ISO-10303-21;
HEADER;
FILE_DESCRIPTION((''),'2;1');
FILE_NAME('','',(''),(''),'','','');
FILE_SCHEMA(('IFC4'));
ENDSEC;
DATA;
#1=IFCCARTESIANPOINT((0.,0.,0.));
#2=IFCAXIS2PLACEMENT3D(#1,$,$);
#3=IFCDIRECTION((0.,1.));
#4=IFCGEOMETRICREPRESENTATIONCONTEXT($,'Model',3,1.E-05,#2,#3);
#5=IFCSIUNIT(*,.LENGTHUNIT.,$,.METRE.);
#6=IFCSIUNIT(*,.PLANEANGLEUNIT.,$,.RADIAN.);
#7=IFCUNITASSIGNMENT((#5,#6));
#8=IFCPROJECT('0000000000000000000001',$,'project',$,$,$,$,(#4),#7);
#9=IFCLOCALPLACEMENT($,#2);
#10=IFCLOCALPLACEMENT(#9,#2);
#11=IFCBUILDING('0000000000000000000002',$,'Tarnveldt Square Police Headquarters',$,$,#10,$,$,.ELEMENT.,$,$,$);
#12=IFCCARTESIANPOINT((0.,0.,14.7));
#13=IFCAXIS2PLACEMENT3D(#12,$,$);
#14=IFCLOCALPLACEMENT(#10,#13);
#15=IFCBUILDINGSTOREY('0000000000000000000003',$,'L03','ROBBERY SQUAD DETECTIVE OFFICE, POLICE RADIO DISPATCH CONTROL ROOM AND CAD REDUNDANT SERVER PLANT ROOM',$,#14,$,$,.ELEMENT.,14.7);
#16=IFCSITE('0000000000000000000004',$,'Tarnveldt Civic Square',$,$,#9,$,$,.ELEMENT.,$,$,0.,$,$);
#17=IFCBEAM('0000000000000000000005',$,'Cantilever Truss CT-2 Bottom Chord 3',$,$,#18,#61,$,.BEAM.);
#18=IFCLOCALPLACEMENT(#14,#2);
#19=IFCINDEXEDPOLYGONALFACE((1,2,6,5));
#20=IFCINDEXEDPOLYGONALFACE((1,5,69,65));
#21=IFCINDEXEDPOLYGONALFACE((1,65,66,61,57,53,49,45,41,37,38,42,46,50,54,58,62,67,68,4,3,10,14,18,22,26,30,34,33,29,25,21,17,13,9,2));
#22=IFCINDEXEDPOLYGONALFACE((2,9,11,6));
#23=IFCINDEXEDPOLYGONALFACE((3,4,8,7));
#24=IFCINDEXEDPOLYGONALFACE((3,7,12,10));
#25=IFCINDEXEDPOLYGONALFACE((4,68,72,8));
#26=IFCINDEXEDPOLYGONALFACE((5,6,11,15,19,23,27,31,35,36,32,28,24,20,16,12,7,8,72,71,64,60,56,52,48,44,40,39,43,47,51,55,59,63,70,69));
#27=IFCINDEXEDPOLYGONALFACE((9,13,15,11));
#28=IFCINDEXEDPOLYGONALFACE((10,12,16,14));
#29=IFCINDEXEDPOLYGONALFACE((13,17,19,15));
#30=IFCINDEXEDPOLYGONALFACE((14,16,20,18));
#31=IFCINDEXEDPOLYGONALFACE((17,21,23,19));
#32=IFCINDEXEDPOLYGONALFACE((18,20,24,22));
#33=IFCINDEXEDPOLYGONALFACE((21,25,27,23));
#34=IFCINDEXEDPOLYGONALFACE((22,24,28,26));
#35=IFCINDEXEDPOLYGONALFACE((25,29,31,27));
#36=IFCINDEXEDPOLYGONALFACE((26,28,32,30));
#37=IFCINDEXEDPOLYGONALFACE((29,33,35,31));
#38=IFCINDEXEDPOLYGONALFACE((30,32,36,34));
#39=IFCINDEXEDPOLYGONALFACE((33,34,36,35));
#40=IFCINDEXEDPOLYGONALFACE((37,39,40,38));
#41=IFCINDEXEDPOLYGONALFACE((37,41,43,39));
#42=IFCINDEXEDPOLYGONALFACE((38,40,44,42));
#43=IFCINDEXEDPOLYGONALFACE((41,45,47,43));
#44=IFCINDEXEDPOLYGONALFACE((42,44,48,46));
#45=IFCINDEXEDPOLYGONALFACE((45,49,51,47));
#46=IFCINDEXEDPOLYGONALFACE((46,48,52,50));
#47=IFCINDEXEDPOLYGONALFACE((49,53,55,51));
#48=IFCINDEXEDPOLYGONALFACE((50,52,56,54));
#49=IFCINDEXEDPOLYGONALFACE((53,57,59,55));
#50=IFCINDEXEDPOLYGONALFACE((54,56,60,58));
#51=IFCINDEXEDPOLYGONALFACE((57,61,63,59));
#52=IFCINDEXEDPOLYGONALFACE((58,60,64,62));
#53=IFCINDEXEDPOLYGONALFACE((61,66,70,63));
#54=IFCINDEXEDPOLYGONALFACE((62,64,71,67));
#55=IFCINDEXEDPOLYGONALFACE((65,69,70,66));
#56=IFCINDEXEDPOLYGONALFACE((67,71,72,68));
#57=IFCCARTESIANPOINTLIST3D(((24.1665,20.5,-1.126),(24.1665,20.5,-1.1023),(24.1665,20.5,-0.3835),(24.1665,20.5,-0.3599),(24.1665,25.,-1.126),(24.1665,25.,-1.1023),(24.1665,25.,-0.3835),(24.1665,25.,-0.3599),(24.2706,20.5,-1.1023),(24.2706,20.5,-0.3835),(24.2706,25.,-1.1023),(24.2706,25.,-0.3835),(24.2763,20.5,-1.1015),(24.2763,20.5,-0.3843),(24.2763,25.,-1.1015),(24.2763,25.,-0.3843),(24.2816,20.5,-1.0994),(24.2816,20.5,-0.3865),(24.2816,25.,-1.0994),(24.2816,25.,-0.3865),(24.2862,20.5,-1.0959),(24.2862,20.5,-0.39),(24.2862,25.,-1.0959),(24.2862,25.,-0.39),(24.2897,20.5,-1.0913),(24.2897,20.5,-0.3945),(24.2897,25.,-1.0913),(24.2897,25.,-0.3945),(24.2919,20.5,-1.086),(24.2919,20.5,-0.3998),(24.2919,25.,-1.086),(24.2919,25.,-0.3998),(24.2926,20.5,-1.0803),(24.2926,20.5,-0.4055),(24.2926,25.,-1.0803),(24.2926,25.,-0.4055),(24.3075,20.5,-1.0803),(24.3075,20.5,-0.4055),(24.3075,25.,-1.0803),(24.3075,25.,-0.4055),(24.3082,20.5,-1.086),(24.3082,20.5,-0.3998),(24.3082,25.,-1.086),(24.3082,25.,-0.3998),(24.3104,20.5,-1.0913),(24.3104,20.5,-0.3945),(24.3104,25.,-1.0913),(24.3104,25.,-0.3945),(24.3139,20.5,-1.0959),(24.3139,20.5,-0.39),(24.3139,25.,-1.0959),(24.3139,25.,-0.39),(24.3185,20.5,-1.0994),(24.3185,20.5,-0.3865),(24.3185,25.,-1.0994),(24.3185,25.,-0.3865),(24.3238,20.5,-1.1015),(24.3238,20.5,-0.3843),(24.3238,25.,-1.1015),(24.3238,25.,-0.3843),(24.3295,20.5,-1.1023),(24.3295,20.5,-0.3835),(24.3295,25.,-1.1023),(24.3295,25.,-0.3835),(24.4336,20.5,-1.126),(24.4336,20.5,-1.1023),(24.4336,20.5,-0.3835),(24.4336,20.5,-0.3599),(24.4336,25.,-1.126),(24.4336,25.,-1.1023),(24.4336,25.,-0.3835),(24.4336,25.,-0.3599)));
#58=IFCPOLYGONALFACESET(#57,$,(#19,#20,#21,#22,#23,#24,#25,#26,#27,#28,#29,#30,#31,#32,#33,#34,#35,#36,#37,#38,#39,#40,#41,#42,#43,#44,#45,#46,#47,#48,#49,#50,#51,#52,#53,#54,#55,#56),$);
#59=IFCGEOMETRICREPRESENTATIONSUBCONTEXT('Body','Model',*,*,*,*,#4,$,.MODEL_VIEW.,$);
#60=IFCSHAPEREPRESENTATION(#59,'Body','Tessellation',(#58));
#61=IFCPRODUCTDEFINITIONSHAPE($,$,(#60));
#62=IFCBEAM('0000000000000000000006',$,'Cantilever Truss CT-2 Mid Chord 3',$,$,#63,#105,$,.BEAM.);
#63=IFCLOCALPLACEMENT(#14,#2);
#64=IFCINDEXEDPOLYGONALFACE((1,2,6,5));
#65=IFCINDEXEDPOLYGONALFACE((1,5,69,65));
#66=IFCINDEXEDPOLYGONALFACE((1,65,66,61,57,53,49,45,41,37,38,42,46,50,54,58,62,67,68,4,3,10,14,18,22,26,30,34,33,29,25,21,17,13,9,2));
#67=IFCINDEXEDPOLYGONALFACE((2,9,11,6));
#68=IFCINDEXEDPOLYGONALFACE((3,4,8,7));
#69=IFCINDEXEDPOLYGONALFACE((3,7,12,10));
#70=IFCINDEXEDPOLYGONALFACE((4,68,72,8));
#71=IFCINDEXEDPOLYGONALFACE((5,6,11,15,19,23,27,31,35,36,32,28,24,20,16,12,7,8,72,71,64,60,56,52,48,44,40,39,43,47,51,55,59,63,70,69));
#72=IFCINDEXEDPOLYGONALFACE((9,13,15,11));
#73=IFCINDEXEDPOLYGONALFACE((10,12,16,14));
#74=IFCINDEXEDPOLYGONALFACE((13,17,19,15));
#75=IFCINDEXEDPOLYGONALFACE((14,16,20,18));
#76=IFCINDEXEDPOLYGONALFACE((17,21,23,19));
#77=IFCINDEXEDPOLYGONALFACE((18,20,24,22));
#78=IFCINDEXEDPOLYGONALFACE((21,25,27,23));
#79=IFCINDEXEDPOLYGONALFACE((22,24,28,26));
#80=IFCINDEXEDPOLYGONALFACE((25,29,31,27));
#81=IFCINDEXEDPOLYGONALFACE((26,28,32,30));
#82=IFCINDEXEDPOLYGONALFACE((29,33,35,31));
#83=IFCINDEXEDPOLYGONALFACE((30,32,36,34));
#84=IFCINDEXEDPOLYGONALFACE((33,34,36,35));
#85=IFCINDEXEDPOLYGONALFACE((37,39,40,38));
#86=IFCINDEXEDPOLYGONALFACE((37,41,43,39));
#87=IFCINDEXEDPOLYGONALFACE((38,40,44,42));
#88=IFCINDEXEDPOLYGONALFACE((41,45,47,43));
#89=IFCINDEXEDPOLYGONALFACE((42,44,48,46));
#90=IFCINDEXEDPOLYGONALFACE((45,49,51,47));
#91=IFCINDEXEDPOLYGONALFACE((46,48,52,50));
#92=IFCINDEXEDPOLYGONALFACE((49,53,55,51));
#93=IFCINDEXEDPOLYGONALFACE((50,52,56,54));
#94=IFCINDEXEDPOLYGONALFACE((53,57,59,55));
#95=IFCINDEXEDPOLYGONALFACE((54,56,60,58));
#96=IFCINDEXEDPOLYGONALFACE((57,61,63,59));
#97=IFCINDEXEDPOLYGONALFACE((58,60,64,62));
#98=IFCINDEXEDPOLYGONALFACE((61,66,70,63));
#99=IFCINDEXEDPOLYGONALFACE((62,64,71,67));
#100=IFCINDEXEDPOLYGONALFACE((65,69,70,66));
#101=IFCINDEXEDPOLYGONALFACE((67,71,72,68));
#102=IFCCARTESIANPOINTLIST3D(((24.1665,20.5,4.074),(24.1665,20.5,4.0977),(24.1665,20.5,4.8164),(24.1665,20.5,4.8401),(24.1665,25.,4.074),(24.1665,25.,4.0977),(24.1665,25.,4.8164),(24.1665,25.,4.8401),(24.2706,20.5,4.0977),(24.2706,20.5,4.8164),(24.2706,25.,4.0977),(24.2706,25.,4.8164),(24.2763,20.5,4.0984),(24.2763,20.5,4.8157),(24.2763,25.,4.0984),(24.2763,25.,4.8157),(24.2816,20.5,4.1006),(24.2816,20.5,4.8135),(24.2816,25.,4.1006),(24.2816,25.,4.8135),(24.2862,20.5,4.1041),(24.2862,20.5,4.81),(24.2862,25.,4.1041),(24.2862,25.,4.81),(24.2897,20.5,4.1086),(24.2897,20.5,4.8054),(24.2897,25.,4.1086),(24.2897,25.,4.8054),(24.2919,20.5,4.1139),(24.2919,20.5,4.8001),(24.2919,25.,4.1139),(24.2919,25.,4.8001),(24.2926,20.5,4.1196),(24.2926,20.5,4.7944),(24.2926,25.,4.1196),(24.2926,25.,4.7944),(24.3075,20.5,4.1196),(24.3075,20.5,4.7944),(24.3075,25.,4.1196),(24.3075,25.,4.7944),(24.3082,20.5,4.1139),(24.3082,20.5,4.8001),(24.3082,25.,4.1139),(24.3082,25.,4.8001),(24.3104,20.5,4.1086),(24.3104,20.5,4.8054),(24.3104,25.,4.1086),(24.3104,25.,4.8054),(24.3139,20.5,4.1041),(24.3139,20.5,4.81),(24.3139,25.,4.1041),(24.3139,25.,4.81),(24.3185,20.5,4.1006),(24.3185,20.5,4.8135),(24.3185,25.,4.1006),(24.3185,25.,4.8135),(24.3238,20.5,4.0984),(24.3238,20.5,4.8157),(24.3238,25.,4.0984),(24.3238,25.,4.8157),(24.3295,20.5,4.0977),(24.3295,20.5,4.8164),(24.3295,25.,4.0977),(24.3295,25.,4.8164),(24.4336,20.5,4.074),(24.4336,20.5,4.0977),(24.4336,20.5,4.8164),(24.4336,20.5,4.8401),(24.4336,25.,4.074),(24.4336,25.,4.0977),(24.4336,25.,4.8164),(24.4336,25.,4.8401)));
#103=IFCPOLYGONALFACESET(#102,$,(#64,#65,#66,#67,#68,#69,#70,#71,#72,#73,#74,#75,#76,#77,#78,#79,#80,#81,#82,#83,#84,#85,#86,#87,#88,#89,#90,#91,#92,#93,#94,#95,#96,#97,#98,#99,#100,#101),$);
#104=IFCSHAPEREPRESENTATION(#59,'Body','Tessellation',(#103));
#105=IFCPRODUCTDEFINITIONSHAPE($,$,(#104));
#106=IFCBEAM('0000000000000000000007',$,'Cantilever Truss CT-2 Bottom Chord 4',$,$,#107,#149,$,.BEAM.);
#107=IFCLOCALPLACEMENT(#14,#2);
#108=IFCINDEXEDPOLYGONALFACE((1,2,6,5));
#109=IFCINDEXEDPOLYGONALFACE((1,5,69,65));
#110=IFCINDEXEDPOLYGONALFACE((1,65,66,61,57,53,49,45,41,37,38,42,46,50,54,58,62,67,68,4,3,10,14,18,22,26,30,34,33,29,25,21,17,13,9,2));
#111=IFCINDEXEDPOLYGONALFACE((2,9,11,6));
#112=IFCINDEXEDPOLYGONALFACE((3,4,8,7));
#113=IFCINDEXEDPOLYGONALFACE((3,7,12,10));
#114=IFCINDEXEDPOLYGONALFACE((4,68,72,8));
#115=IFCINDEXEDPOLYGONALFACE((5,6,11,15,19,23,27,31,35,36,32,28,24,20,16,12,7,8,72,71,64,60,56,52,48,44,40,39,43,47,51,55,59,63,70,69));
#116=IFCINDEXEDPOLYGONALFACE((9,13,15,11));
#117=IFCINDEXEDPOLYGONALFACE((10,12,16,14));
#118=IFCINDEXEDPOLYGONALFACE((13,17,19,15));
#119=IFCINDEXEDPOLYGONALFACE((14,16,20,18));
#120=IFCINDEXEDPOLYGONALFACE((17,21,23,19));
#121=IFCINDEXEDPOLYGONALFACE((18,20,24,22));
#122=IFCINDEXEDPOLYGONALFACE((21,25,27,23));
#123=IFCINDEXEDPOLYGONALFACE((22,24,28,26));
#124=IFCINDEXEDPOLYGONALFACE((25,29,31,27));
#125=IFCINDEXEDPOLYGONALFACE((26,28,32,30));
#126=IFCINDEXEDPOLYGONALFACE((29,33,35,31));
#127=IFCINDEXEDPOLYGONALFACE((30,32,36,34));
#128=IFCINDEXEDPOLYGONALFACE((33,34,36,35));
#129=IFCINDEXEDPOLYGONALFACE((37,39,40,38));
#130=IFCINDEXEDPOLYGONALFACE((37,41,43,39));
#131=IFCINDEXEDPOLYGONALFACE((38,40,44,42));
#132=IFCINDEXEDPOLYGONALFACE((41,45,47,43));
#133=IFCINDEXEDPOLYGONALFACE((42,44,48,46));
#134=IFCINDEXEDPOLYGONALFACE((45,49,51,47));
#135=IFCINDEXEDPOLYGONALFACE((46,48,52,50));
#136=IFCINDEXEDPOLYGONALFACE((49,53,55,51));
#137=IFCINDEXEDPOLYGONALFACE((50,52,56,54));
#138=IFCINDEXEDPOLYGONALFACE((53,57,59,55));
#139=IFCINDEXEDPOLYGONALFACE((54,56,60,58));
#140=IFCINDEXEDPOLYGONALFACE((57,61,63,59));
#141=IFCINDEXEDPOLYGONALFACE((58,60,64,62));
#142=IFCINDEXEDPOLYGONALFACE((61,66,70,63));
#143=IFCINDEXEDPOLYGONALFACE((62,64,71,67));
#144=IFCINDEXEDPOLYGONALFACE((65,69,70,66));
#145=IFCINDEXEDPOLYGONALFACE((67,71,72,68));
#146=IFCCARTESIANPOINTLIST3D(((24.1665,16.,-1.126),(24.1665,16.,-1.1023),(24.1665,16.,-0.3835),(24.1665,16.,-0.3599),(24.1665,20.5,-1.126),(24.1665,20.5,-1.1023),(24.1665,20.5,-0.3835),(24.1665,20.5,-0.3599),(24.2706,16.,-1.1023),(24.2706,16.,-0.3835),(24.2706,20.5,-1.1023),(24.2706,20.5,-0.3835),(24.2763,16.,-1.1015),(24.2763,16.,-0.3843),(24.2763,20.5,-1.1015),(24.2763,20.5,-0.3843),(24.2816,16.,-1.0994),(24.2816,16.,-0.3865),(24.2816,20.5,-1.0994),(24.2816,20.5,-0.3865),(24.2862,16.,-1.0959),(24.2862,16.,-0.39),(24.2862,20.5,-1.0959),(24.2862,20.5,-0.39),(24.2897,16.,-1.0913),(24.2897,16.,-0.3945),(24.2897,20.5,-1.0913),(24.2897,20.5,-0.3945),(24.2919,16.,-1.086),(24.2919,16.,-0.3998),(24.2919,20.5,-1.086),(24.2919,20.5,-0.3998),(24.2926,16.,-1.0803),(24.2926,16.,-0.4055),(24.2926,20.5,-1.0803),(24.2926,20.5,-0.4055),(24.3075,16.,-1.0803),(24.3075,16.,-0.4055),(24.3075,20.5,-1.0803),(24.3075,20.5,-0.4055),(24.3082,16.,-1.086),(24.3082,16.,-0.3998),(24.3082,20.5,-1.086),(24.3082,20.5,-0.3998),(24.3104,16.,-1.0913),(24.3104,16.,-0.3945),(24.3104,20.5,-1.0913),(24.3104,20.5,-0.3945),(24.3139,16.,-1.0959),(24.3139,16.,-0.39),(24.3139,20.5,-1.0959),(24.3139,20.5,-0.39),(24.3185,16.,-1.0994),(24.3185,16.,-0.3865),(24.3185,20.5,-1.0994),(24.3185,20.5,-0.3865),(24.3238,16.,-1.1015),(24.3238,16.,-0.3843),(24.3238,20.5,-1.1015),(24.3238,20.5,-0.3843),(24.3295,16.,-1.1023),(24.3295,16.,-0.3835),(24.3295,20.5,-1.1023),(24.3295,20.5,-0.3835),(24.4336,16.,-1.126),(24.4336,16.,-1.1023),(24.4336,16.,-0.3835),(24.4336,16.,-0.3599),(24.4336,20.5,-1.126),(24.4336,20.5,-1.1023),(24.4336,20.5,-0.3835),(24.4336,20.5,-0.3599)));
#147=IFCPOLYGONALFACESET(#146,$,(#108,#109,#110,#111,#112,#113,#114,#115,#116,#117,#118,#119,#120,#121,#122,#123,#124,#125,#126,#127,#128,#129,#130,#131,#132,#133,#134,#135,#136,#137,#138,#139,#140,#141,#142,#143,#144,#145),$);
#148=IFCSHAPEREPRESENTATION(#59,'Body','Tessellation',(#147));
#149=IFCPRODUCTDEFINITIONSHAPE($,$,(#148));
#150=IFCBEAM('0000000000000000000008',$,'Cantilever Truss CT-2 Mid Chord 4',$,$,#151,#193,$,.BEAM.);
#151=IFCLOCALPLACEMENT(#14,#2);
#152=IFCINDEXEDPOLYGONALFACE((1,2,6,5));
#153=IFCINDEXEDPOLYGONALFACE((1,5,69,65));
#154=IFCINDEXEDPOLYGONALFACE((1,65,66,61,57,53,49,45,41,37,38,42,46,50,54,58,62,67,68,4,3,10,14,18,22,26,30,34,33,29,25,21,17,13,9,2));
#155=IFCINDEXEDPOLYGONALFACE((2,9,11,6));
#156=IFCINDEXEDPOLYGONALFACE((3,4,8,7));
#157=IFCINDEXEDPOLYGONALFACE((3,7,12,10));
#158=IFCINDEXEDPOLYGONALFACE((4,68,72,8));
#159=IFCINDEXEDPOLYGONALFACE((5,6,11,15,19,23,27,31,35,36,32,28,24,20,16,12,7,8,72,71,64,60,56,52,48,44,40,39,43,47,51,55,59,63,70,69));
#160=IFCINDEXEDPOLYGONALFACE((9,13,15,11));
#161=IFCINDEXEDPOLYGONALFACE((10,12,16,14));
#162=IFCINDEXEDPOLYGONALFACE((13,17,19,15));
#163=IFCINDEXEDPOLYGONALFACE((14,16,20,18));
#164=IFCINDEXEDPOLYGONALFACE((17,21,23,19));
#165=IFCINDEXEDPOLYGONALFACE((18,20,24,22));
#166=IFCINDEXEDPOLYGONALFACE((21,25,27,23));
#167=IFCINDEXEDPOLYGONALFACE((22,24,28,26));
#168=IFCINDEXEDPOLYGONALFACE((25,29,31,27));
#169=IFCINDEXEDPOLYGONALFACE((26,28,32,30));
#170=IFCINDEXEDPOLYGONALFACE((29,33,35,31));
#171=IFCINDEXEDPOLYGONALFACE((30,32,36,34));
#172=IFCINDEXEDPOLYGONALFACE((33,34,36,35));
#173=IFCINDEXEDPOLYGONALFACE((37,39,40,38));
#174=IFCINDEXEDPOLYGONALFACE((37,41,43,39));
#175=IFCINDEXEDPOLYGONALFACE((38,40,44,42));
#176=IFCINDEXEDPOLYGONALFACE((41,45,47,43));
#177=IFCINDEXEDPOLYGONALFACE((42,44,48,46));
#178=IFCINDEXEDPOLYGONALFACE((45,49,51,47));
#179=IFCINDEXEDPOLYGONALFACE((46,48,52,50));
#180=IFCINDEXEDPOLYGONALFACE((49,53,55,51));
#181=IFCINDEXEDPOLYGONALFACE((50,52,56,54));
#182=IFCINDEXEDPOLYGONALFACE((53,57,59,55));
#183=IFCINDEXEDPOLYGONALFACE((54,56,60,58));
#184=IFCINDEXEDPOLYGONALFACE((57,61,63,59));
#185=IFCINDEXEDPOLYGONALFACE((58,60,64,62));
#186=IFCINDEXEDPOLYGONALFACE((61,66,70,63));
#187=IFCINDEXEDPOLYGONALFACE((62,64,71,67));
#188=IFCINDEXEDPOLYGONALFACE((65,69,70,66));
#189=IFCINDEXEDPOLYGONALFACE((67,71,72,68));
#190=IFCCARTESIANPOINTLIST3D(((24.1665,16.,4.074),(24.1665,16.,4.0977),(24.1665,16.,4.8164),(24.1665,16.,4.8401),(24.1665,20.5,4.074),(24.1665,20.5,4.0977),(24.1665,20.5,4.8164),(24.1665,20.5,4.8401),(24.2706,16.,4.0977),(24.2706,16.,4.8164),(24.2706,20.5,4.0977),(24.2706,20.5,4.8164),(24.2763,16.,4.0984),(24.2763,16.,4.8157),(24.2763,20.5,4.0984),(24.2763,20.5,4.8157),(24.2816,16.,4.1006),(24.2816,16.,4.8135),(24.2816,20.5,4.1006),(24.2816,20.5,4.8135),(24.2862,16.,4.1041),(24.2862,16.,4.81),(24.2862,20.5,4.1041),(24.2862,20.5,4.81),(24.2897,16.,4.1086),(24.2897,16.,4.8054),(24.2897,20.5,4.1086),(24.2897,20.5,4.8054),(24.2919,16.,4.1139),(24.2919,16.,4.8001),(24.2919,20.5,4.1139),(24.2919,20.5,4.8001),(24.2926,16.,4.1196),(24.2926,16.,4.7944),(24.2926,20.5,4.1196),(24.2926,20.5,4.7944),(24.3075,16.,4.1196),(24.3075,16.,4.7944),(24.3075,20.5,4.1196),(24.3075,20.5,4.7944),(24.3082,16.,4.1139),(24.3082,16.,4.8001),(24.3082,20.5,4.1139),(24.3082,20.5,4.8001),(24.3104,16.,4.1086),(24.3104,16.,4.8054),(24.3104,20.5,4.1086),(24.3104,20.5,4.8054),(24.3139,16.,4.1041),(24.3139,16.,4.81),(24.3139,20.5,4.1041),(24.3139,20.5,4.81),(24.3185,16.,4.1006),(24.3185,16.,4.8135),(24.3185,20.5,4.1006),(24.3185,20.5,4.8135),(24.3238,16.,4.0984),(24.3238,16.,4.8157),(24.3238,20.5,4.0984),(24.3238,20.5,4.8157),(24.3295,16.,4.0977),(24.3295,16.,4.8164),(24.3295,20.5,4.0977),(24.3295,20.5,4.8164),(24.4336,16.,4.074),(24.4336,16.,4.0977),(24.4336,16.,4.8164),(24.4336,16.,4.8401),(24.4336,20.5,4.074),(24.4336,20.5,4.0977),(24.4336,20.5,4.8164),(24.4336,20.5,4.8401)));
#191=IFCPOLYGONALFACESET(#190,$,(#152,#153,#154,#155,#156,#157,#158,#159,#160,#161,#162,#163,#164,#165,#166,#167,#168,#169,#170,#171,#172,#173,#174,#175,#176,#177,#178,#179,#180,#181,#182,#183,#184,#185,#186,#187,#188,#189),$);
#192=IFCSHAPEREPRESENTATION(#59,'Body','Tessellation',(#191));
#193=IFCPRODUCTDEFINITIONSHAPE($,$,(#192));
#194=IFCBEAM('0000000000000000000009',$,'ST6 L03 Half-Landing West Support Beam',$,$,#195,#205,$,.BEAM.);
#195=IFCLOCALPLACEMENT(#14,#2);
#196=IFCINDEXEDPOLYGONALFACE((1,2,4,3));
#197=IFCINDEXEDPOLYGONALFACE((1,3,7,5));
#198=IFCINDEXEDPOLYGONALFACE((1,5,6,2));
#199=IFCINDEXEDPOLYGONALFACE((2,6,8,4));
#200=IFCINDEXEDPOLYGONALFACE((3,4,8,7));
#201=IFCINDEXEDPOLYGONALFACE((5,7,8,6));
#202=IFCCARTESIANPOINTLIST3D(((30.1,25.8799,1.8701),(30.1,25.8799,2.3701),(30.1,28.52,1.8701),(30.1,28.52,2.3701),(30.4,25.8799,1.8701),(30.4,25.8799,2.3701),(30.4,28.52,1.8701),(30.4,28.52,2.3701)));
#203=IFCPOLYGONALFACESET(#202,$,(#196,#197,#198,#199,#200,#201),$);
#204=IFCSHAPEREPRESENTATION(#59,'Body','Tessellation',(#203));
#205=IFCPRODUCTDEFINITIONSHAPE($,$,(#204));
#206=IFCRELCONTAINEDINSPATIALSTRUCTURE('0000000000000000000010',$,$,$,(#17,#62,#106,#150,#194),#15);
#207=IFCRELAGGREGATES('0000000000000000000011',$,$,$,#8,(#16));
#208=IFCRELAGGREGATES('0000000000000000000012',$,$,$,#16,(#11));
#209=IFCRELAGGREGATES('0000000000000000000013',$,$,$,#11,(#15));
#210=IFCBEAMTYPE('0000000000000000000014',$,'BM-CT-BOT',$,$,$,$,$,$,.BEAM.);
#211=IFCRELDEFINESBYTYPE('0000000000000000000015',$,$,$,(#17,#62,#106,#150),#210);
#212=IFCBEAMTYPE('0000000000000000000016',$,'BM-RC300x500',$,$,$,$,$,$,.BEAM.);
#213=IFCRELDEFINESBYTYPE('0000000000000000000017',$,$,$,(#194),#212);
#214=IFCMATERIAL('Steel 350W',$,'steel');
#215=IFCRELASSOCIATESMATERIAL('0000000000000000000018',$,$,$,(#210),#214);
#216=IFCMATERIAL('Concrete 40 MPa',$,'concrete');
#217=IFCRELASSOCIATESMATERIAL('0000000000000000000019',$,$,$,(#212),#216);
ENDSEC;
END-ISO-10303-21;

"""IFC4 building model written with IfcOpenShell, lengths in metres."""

from ifc_helpers import new_model, si_unit, direction, frame, origin, origin_2d, place, context, subcontext, project, spatial, rectangle, i_section, extrude, material, material_profile, profile_set, type_object, element, save


model = new_model("IFC4")

# Units and contexts
model_context = context("Model", 3, precision=1e-05, world=origin(), true_north=direction((0.0, 1.0)))
body_context = subcontext(model_context, "Body", "Model", "MODEL_VIEW")
ifc_project = project(units=[si_unit("LENGTHUNIT", "METRE"), si_unit("PLANEANGLEUNIT", "RADIAN")], contexts=[model_context])

# Site, building, storey
site_placement = place(None, origin())
site = spatial("IfcSite", under=ifc_project, at=site_placement, Name="Tarnveldt Civic Square", CompositionType="ELEMENT", RefElevation=0.0)
building_placement = place(site_placement, origin())
building = spatial("IfcBuilding", under=site, at=building_placement, Name="Tarnveldt Square Police Headquarters", CompositionType="ELEMENT")
storey_placement = place(building_placement, frame((0.0, 0.0, 14.7)))
storey = spatial("IfcBuildingStorey", under=building, at=storey_placement, Name="L03", Description="ROBBERY SQUAD DETECTIVE OFFICE, POLICE RADIO DISPATCH CONTROL ROOM AND CAD REDUNDANT SERVER PLANT ROOM", CompositionType="ELEMENT", Elevation=14.7)

# Beams
ifc_material_1 = material(Name="Steel 350W", Category="steel")
ifc_material_profile_1 = material_profile(ifc_material_1, i_section(OverallWidth=0.2671, OverallDepth=0.7661, WebThickness=0.0149, FlangeThickness=0.0237, FilletRadius=0.022, at=origin_2d()), Name="W760x185")
ifc_profile_set_1 = profile_set([ifc_material_profile_1], Name="Steel 350W")
beam_type_1 = type_object("IfcBeamType", Name="BM-CT-BOT", PredefinedType="BEAM", material=ifc_profile_set_1)
for number, where, z_axis, x_axis, name in (
    (1, (24.3, 25.0, -0.7429), (0.0, -1.0, 0.0), (1.0, 0.0, 0.0), "Cantilever Truss CT-2 Bottom Chord 3"),
    (2, (24.3, 25.0, 4.457), (0.0, -1.0, 0.0), (1.0, 0.0, 0.0), "Cantilever Truss CT-2 Mid Chord 3"),
    (3, (24.3, 20.5, -0.7429), (0.0, -1.0, 0.0), (1.0, 0.0, 0.0), "Cantilever Truss CT-2 Bottom Chord 4"),
    (4, (24.3, 20.5, 4.457), (0.0, -1.0, 0.0), (1.0, 0.0, 0.0), "Cantilever Truss CT-2 Mid Chord 4"),
):
    element("IfcBeam", number, at=place(storey_placement, frame(where, z_axis=z_axis, x_axis=x_axis)), inside=storey, type_object=beam_type_1, Name=name, PredefinedType="BEAM", context=body_context, shape_type="SweptSolid", body=[
        extrude(i_section(OverallWidth=0.2671, OverallDepth=0.7661, WebThickness=0.0149, FlangeThickness=0.0237, FilletRadius=0.022, at=origin_2d()), origin(), (0.0, 0.0, 1.0), 4.5),
    ])
ifc_material_2 = material(Name="Concrete 40 MPa", Category="concrete")
ifc_material_profile_2 = material_profile(ifc_material_2, rectangle(XDim=0.3, YDim=0.5, at=origin_2d()), Name="RC-B300x500")
ifc_profile_set_2 = profile_set([ifc_material_profile_2], Name="Concrete 40 MPa")
beam_type_2 = type_object("IfcBeamType", Name="BM-RC300x500", PredefinedType="BEAM", material=ifc_profile_set_2)
beam_placement = place(storey_placement, frame((30.25, 25.8799, 2.1201), z_axis=(0.0, 1.0, 0.0), x_axis=(-1.0, 0.0, 0.0)))
element("IfcBeam", 5, at=beam_placement, inside=storey, type_object=beam_type_2, Name="ST6 L03 Half-Landing West Support Beam", PredefinedType="BEAM", context=body_context, shape_type="SweptSolid", body=[
    extrude(rectangle(XDim=0.3, YDim=0.5, at=origin_2d()), origin(), (0.0, 0.0, 1.0), 2.6401),
])

save(model, "model.ifc")
